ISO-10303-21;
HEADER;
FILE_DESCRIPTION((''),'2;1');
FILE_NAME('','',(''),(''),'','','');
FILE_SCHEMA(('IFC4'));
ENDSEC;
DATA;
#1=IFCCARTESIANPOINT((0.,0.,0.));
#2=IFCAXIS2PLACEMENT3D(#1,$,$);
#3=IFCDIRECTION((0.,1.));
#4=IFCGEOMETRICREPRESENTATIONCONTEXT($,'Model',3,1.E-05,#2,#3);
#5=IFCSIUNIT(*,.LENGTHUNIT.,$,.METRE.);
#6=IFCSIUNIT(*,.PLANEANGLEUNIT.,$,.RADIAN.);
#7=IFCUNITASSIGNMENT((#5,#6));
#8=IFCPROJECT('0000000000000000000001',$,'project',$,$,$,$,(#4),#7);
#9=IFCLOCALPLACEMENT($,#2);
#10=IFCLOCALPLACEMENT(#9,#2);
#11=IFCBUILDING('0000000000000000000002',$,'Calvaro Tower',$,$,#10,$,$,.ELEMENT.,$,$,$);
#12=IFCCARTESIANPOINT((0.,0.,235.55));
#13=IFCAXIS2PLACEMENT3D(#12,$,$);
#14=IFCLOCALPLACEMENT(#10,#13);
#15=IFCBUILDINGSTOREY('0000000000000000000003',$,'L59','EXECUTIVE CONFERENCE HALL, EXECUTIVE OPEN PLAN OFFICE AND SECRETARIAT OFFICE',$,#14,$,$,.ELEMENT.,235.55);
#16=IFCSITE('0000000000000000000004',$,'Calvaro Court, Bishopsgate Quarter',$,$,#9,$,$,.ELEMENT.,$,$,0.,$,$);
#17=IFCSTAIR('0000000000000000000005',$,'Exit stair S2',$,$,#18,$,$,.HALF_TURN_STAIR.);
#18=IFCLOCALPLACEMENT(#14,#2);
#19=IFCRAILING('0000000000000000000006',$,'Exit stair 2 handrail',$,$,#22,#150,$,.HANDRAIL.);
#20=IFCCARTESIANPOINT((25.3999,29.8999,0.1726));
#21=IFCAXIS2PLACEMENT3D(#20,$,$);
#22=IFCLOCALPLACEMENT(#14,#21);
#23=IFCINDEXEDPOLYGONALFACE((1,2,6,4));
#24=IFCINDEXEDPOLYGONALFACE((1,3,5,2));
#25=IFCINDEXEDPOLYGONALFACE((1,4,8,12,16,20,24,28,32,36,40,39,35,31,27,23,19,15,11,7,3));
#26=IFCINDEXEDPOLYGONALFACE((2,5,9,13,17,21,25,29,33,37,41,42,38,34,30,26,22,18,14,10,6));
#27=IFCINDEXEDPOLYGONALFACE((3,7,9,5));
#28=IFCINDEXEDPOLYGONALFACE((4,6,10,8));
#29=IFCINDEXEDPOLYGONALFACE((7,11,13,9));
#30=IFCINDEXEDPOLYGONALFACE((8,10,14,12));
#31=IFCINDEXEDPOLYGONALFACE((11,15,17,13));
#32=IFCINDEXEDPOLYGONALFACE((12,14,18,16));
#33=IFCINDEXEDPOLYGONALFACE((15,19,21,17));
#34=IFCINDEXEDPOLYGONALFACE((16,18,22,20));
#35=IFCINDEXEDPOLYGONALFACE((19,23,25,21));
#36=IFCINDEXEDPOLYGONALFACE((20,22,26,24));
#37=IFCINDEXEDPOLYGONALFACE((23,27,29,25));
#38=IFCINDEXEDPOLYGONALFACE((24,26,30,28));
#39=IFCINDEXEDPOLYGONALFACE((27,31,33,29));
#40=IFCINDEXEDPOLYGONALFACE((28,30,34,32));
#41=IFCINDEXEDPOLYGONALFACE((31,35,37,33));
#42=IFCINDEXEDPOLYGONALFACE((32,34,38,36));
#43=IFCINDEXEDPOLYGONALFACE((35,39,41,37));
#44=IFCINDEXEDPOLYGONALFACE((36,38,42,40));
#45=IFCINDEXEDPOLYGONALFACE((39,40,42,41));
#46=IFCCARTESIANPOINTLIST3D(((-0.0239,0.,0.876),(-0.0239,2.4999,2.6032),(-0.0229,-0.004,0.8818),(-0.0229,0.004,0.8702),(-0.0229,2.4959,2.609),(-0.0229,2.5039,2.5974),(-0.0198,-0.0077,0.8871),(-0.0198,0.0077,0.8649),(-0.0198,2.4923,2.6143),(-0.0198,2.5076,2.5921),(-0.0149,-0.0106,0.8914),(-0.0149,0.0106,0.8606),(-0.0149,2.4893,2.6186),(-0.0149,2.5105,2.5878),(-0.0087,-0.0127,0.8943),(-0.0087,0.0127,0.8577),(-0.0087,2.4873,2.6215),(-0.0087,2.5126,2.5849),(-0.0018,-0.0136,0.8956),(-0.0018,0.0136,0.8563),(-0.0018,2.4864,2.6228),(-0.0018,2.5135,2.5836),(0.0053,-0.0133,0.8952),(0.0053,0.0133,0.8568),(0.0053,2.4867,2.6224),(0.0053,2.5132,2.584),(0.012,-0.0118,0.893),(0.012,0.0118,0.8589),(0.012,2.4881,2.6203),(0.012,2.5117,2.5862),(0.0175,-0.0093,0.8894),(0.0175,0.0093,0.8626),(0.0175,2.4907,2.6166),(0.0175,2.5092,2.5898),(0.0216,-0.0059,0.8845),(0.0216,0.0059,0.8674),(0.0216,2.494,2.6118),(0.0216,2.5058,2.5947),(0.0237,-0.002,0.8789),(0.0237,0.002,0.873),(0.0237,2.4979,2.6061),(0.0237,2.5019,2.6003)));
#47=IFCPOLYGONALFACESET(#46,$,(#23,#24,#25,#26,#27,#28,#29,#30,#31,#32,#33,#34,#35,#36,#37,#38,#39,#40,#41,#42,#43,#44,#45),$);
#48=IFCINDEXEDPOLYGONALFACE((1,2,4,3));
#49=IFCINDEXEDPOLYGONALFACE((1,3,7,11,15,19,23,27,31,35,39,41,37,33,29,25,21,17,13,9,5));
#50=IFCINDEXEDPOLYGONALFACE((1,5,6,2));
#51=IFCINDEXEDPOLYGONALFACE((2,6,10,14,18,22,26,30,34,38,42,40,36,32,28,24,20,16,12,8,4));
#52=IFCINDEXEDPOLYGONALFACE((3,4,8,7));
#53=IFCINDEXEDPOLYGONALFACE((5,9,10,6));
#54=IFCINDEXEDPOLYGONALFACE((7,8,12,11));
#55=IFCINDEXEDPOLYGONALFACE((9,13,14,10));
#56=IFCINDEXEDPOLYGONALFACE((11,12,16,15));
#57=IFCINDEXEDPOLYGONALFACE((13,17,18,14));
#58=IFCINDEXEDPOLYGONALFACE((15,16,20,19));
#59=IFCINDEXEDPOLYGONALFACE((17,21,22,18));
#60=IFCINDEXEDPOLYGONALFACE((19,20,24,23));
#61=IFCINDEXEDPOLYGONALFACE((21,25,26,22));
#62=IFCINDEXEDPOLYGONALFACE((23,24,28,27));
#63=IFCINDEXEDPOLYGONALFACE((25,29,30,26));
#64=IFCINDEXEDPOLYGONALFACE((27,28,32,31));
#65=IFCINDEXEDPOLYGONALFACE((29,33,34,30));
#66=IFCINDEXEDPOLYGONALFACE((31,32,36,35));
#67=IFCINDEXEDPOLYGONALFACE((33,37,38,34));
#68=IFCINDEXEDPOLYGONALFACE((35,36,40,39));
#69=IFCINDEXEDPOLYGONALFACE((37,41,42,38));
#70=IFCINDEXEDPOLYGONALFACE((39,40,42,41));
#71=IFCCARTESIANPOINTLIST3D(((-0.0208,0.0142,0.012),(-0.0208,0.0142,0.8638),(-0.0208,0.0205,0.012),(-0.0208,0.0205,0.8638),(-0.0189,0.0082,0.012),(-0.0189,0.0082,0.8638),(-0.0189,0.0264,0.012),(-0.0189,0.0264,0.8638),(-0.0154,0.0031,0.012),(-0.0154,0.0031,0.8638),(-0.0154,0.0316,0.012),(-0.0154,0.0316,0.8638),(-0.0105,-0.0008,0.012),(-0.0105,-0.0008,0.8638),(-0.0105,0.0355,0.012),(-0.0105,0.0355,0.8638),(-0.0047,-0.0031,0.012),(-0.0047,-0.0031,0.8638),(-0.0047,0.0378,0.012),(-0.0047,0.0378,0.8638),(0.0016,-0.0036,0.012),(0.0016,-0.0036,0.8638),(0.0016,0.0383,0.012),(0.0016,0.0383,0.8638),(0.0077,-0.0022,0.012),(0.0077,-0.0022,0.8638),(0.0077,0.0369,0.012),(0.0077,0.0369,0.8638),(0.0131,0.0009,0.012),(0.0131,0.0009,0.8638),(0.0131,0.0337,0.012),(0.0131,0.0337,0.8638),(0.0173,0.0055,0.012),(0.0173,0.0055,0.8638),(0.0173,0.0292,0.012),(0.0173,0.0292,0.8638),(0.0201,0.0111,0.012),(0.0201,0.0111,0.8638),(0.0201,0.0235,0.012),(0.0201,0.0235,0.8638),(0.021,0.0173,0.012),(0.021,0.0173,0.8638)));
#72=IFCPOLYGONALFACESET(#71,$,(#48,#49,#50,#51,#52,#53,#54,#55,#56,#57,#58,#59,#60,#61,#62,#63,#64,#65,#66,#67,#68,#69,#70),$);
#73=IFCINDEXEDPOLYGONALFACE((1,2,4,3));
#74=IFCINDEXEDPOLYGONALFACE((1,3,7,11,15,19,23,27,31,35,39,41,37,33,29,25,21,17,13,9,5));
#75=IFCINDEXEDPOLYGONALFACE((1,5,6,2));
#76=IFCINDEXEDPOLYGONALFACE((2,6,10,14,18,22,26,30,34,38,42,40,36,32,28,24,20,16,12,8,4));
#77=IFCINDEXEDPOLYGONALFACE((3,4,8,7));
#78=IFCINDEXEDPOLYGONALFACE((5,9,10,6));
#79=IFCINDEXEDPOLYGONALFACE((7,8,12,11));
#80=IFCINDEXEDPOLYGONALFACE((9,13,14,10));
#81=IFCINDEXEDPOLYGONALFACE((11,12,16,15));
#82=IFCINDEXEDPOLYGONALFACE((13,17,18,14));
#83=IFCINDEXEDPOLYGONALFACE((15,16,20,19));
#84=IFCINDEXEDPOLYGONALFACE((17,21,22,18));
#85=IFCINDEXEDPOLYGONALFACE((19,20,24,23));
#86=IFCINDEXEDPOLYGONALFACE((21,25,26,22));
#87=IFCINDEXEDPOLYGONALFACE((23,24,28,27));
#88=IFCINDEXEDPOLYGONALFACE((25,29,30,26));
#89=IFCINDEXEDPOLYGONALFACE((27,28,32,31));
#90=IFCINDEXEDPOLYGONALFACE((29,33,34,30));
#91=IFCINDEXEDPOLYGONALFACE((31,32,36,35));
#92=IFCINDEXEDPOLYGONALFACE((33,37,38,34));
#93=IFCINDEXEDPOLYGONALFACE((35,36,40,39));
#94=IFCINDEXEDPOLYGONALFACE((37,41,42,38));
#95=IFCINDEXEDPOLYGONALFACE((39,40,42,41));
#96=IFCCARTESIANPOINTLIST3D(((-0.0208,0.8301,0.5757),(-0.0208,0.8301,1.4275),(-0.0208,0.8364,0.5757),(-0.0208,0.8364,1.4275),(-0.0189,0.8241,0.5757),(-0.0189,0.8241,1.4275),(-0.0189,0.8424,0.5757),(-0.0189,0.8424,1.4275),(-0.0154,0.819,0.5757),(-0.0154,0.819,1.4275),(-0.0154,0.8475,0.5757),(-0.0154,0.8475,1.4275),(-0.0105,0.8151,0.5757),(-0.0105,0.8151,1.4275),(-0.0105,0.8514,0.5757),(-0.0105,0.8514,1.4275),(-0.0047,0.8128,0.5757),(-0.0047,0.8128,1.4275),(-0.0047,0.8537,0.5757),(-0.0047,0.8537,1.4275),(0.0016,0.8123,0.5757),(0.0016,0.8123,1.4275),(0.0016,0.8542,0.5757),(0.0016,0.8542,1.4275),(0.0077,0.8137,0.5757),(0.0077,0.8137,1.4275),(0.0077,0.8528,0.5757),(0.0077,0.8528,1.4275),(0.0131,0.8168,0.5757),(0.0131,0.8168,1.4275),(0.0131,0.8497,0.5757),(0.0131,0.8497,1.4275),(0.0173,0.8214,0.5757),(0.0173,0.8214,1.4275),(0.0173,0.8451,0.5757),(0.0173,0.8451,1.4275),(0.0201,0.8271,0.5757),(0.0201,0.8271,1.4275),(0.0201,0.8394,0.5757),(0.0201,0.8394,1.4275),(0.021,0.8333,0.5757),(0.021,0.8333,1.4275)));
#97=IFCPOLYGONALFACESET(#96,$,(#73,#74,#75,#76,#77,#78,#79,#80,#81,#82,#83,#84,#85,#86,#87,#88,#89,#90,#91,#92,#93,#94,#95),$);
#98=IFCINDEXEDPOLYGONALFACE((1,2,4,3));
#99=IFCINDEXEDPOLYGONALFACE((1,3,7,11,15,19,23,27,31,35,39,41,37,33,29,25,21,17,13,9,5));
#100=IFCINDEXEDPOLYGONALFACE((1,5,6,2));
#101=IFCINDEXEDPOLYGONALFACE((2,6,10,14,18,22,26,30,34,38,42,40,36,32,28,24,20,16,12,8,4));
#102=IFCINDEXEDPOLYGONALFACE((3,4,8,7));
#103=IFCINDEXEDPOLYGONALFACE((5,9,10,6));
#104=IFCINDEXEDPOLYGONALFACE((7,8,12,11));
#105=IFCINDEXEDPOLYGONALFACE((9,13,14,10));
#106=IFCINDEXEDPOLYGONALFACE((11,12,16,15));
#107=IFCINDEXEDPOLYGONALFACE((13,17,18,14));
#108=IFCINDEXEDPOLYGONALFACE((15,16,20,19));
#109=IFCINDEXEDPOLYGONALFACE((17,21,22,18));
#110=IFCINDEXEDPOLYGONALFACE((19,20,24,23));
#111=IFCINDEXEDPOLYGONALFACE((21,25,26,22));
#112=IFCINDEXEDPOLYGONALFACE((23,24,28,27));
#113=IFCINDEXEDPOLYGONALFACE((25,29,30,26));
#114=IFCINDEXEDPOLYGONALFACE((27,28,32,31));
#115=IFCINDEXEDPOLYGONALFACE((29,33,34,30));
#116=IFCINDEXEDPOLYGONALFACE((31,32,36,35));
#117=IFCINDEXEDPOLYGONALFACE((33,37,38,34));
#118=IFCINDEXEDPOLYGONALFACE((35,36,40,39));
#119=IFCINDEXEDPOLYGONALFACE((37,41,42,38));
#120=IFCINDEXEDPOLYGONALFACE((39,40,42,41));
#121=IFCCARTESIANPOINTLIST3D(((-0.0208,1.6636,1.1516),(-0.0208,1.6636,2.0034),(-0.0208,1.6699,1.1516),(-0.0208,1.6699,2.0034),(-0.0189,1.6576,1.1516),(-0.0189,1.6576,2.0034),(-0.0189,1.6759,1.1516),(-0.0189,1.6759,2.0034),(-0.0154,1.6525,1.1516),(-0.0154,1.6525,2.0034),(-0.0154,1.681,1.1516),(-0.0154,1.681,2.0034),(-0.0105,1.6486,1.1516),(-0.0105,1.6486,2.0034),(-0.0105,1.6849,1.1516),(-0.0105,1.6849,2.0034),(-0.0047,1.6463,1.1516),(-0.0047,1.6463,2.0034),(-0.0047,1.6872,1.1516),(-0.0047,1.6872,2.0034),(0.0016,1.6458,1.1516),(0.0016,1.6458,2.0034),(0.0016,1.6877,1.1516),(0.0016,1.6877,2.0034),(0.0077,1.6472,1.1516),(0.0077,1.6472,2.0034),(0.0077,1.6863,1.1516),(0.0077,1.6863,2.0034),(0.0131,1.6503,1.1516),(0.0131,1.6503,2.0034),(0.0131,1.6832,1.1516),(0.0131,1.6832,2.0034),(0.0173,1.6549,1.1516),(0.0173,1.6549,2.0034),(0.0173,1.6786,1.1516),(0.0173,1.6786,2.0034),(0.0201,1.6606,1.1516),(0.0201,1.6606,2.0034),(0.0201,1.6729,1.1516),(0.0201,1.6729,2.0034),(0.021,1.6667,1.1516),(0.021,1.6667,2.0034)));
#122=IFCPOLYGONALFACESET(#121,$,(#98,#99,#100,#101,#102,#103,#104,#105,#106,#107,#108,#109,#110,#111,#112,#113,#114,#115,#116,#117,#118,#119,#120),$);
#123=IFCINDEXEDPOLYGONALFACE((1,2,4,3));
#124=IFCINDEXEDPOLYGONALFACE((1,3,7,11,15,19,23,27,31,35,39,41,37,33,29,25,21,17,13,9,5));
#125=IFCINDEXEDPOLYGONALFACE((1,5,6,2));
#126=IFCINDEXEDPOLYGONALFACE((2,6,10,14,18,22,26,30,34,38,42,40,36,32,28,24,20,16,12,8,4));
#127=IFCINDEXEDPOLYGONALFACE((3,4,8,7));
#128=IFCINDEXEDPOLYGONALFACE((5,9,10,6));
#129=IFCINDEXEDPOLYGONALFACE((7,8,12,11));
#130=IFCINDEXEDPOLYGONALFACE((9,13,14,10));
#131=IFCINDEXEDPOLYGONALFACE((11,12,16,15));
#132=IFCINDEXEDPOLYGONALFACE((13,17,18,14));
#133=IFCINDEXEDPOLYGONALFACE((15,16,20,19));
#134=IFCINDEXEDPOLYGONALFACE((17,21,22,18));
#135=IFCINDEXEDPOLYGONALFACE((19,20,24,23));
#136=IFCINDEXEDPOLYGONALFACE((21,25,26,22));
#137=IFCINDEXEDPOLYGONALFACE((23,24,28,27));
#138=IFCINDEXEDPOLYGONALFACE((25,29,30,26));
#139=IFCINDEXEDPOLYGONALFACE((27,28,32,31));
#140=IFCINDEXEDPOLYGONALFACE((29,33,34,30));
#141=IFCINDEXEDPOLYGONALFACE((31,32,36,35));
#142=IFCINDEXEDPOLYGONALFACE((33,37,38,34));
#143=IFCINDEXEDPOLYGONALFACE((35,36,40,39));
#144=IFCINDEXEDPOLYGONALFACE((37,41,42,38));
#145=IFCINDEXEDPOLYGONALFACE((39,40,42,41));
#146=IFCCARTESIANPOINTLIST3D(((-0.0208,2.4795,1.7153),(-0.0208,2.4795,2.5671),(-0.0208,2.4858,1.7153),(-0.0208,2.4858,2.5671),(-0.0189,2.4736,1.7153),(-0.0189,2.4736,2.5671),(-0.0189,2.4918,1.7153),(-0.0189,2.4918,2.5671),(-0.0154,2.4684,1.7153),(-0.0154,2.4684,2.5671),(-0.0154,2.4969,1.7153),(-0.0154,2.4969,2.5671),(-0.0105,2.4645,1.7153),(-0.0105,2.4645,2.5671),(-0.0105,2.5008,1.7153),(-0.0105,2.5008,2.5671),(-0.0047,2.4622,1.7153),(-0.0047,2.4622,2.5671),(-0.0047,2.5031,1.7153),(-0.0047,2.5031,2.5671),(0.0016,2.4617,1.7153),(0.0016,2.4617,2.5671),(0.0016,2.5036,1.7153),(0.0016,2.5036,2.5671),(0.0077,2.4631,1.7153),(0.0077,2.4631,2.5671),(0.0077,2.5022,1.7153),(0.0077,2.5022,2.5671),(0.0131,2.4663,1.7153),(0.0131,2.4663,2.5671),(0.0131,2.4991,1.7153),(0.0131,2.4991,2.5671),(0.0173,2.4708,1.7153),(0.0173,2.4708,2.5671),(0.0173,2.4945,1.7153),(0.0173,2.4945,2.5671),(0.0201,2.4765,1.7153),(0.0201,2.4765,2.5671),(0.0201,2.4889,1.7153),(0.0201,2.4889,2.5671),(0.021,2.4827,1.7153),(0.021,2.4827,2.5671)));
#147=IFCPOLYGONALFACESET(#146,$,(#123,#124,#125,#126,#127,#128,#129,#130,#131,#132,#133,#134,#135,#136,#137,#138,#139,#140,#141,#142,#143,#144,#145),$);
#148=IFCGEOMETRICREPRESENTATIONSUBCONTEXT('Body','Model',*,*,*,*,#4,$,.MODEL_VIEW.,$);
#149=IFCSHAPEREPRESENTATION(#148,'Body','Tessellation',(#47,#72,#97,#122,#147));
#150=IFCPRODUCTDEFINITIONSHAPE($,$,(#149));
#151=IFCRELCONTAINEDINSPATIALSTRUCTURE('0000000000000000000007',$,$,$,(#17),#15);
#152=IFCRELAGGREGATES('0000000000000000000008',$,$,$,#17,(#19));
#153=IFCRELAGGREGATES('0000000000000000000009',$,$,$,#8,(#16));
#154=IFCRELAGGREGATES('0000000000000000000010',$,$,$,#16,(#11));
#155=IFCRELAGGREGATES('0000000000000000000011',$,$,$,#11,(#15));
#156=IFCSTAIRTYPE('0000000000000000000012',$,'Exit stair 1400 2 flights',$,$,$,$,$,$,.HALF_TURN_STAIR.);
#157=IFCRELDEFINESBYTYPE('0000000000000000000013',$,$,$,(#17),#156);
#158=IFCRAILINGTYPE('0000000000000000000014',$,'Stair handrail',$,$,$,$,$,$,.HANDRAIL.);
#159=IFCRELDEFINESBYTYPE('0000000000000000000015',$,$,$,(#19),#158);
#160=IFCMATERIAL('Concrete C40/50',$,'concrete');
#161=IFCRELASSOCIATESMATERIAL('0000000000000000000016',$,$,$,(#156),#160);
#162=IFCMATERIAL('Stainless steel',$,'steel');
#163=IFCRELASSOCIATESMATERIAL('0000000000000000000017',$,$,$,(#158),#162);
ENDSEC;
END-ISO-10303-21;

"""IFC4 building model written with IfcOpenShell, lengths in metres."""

from ifc_helpers import new_model, si_unit, direction, frame, origin, origin_2d, place, context, subcontext, project, spatial, circle, extrude, material, type_object, element, aggregate, save


model = new_model("IFC4")

# Units and contexts
model_context = context("Model", 3, precision=1e-05, world=origin(), true_north=direction((0.0, 1.0)))
body_context = subcontext(model_context, "Body", "Model", "MODEL_VIEW")
ifc_project = project(units=[si_unit("LENGTHUNIT", "METRE"), si_unit("PLANEANGLEUNIT", "RADIAN")], contexts=[model_context])

# Site, building, storey
site_placement = place(None, origin())
site = spatial("IfcSite", under=ifc_project, at=site_placement, Name="Calvaro Court, Bishopsgate Quarter", CompositionType="ELEMENT", RefElevation=0.0)
building_placement = place(site_placement, origin())
building = spatial("IfcBuilding", under=site, at=building_placement, Name="Calvaro Tower", CompositionType="ELEMENT")
storey_placement = place(building_placement, frame((0.0, 0.0, 235.55)))
storey = spatial("IfcBuildingStorey", under=building, at=storey_placement, Name="L59", Description="EXECUTIVE CONFERENCE HALL, EXECUTIVE OPEN PLAN OFFICE AND SECRETARIAT OFFICE", CompositionType="ELEMENT", Elevation=235.55)

# Stair
ifc_material_1 = material(Name="Concrete C40/50", Category="concrete")
stair_type = type_object("IfcStairType", Name="Exit stair 1400 2 flights", PredefinedType="HALF_TURN_STAIR", material=ifc_material_1)
stair_1_placement = place(storey_placement, origin())
stair_1 = element("IfcStair", 1, at=stair_1_placement, inside=storey, type_object=stair_type, Name="Exit stair S2", PredefinedType="HALF_TURN_STAIR")

# Shared definitions
ifc_material_2 = material(Name="Stainless steel", Category="steel")
railing_type = type_object("IfcRailingType", Name="Stair handrail", PredefinedType="HANDRAIL", material=ifc_material_2)

# Railing
railing_1_placement = place(storey_placement, frame((25.3999, 29.8999, 0.1726)))
railing_1 = element("IfcRailing", 2, at=railing_1_placement, type_object=railing_type, Name="Exit stair 2 handrail", PredefinedType="HANDRAIL", context=body_context, shape_type="SweptSolid", body=[
    extrude(circle(Radius=0.0239, at=origin_2d()), frame((0.0, 0.0, 0.876), z_axis=(0.0, 0.822727, 0.568437), x_axis=(-1.0, 0.0, 0.0)), (0.0, 0.0, 1.0), 3.0386),
    extrude(circle(Radius=0.021, at=origin_2d()), frame((0.0, 0.0173, 0.012)), (0.0, 0.0, 1.0), 0.8518),
    extrude(circle(Radius=0.021, at=origin_2d()), frame((0.0, 0.8333, 0.5757)), (0.0, 0.0, 1.0), 0.8518),
    extrude(circle(Radius=0.021, at=origin_2d()), frame((0.0, 1.6667, 1.1516)), (0.0, 0.0, 1.0), 0.8518),
    extrude(circle(Radius=0.021, at=origin_2d()), frame((0.0, 2.4827, 1.7153)), (0.0, 0.0, 1.0), 0.8518),
])
aggregate(stair_1, [railing_1])

save(model, "model.ifc")
